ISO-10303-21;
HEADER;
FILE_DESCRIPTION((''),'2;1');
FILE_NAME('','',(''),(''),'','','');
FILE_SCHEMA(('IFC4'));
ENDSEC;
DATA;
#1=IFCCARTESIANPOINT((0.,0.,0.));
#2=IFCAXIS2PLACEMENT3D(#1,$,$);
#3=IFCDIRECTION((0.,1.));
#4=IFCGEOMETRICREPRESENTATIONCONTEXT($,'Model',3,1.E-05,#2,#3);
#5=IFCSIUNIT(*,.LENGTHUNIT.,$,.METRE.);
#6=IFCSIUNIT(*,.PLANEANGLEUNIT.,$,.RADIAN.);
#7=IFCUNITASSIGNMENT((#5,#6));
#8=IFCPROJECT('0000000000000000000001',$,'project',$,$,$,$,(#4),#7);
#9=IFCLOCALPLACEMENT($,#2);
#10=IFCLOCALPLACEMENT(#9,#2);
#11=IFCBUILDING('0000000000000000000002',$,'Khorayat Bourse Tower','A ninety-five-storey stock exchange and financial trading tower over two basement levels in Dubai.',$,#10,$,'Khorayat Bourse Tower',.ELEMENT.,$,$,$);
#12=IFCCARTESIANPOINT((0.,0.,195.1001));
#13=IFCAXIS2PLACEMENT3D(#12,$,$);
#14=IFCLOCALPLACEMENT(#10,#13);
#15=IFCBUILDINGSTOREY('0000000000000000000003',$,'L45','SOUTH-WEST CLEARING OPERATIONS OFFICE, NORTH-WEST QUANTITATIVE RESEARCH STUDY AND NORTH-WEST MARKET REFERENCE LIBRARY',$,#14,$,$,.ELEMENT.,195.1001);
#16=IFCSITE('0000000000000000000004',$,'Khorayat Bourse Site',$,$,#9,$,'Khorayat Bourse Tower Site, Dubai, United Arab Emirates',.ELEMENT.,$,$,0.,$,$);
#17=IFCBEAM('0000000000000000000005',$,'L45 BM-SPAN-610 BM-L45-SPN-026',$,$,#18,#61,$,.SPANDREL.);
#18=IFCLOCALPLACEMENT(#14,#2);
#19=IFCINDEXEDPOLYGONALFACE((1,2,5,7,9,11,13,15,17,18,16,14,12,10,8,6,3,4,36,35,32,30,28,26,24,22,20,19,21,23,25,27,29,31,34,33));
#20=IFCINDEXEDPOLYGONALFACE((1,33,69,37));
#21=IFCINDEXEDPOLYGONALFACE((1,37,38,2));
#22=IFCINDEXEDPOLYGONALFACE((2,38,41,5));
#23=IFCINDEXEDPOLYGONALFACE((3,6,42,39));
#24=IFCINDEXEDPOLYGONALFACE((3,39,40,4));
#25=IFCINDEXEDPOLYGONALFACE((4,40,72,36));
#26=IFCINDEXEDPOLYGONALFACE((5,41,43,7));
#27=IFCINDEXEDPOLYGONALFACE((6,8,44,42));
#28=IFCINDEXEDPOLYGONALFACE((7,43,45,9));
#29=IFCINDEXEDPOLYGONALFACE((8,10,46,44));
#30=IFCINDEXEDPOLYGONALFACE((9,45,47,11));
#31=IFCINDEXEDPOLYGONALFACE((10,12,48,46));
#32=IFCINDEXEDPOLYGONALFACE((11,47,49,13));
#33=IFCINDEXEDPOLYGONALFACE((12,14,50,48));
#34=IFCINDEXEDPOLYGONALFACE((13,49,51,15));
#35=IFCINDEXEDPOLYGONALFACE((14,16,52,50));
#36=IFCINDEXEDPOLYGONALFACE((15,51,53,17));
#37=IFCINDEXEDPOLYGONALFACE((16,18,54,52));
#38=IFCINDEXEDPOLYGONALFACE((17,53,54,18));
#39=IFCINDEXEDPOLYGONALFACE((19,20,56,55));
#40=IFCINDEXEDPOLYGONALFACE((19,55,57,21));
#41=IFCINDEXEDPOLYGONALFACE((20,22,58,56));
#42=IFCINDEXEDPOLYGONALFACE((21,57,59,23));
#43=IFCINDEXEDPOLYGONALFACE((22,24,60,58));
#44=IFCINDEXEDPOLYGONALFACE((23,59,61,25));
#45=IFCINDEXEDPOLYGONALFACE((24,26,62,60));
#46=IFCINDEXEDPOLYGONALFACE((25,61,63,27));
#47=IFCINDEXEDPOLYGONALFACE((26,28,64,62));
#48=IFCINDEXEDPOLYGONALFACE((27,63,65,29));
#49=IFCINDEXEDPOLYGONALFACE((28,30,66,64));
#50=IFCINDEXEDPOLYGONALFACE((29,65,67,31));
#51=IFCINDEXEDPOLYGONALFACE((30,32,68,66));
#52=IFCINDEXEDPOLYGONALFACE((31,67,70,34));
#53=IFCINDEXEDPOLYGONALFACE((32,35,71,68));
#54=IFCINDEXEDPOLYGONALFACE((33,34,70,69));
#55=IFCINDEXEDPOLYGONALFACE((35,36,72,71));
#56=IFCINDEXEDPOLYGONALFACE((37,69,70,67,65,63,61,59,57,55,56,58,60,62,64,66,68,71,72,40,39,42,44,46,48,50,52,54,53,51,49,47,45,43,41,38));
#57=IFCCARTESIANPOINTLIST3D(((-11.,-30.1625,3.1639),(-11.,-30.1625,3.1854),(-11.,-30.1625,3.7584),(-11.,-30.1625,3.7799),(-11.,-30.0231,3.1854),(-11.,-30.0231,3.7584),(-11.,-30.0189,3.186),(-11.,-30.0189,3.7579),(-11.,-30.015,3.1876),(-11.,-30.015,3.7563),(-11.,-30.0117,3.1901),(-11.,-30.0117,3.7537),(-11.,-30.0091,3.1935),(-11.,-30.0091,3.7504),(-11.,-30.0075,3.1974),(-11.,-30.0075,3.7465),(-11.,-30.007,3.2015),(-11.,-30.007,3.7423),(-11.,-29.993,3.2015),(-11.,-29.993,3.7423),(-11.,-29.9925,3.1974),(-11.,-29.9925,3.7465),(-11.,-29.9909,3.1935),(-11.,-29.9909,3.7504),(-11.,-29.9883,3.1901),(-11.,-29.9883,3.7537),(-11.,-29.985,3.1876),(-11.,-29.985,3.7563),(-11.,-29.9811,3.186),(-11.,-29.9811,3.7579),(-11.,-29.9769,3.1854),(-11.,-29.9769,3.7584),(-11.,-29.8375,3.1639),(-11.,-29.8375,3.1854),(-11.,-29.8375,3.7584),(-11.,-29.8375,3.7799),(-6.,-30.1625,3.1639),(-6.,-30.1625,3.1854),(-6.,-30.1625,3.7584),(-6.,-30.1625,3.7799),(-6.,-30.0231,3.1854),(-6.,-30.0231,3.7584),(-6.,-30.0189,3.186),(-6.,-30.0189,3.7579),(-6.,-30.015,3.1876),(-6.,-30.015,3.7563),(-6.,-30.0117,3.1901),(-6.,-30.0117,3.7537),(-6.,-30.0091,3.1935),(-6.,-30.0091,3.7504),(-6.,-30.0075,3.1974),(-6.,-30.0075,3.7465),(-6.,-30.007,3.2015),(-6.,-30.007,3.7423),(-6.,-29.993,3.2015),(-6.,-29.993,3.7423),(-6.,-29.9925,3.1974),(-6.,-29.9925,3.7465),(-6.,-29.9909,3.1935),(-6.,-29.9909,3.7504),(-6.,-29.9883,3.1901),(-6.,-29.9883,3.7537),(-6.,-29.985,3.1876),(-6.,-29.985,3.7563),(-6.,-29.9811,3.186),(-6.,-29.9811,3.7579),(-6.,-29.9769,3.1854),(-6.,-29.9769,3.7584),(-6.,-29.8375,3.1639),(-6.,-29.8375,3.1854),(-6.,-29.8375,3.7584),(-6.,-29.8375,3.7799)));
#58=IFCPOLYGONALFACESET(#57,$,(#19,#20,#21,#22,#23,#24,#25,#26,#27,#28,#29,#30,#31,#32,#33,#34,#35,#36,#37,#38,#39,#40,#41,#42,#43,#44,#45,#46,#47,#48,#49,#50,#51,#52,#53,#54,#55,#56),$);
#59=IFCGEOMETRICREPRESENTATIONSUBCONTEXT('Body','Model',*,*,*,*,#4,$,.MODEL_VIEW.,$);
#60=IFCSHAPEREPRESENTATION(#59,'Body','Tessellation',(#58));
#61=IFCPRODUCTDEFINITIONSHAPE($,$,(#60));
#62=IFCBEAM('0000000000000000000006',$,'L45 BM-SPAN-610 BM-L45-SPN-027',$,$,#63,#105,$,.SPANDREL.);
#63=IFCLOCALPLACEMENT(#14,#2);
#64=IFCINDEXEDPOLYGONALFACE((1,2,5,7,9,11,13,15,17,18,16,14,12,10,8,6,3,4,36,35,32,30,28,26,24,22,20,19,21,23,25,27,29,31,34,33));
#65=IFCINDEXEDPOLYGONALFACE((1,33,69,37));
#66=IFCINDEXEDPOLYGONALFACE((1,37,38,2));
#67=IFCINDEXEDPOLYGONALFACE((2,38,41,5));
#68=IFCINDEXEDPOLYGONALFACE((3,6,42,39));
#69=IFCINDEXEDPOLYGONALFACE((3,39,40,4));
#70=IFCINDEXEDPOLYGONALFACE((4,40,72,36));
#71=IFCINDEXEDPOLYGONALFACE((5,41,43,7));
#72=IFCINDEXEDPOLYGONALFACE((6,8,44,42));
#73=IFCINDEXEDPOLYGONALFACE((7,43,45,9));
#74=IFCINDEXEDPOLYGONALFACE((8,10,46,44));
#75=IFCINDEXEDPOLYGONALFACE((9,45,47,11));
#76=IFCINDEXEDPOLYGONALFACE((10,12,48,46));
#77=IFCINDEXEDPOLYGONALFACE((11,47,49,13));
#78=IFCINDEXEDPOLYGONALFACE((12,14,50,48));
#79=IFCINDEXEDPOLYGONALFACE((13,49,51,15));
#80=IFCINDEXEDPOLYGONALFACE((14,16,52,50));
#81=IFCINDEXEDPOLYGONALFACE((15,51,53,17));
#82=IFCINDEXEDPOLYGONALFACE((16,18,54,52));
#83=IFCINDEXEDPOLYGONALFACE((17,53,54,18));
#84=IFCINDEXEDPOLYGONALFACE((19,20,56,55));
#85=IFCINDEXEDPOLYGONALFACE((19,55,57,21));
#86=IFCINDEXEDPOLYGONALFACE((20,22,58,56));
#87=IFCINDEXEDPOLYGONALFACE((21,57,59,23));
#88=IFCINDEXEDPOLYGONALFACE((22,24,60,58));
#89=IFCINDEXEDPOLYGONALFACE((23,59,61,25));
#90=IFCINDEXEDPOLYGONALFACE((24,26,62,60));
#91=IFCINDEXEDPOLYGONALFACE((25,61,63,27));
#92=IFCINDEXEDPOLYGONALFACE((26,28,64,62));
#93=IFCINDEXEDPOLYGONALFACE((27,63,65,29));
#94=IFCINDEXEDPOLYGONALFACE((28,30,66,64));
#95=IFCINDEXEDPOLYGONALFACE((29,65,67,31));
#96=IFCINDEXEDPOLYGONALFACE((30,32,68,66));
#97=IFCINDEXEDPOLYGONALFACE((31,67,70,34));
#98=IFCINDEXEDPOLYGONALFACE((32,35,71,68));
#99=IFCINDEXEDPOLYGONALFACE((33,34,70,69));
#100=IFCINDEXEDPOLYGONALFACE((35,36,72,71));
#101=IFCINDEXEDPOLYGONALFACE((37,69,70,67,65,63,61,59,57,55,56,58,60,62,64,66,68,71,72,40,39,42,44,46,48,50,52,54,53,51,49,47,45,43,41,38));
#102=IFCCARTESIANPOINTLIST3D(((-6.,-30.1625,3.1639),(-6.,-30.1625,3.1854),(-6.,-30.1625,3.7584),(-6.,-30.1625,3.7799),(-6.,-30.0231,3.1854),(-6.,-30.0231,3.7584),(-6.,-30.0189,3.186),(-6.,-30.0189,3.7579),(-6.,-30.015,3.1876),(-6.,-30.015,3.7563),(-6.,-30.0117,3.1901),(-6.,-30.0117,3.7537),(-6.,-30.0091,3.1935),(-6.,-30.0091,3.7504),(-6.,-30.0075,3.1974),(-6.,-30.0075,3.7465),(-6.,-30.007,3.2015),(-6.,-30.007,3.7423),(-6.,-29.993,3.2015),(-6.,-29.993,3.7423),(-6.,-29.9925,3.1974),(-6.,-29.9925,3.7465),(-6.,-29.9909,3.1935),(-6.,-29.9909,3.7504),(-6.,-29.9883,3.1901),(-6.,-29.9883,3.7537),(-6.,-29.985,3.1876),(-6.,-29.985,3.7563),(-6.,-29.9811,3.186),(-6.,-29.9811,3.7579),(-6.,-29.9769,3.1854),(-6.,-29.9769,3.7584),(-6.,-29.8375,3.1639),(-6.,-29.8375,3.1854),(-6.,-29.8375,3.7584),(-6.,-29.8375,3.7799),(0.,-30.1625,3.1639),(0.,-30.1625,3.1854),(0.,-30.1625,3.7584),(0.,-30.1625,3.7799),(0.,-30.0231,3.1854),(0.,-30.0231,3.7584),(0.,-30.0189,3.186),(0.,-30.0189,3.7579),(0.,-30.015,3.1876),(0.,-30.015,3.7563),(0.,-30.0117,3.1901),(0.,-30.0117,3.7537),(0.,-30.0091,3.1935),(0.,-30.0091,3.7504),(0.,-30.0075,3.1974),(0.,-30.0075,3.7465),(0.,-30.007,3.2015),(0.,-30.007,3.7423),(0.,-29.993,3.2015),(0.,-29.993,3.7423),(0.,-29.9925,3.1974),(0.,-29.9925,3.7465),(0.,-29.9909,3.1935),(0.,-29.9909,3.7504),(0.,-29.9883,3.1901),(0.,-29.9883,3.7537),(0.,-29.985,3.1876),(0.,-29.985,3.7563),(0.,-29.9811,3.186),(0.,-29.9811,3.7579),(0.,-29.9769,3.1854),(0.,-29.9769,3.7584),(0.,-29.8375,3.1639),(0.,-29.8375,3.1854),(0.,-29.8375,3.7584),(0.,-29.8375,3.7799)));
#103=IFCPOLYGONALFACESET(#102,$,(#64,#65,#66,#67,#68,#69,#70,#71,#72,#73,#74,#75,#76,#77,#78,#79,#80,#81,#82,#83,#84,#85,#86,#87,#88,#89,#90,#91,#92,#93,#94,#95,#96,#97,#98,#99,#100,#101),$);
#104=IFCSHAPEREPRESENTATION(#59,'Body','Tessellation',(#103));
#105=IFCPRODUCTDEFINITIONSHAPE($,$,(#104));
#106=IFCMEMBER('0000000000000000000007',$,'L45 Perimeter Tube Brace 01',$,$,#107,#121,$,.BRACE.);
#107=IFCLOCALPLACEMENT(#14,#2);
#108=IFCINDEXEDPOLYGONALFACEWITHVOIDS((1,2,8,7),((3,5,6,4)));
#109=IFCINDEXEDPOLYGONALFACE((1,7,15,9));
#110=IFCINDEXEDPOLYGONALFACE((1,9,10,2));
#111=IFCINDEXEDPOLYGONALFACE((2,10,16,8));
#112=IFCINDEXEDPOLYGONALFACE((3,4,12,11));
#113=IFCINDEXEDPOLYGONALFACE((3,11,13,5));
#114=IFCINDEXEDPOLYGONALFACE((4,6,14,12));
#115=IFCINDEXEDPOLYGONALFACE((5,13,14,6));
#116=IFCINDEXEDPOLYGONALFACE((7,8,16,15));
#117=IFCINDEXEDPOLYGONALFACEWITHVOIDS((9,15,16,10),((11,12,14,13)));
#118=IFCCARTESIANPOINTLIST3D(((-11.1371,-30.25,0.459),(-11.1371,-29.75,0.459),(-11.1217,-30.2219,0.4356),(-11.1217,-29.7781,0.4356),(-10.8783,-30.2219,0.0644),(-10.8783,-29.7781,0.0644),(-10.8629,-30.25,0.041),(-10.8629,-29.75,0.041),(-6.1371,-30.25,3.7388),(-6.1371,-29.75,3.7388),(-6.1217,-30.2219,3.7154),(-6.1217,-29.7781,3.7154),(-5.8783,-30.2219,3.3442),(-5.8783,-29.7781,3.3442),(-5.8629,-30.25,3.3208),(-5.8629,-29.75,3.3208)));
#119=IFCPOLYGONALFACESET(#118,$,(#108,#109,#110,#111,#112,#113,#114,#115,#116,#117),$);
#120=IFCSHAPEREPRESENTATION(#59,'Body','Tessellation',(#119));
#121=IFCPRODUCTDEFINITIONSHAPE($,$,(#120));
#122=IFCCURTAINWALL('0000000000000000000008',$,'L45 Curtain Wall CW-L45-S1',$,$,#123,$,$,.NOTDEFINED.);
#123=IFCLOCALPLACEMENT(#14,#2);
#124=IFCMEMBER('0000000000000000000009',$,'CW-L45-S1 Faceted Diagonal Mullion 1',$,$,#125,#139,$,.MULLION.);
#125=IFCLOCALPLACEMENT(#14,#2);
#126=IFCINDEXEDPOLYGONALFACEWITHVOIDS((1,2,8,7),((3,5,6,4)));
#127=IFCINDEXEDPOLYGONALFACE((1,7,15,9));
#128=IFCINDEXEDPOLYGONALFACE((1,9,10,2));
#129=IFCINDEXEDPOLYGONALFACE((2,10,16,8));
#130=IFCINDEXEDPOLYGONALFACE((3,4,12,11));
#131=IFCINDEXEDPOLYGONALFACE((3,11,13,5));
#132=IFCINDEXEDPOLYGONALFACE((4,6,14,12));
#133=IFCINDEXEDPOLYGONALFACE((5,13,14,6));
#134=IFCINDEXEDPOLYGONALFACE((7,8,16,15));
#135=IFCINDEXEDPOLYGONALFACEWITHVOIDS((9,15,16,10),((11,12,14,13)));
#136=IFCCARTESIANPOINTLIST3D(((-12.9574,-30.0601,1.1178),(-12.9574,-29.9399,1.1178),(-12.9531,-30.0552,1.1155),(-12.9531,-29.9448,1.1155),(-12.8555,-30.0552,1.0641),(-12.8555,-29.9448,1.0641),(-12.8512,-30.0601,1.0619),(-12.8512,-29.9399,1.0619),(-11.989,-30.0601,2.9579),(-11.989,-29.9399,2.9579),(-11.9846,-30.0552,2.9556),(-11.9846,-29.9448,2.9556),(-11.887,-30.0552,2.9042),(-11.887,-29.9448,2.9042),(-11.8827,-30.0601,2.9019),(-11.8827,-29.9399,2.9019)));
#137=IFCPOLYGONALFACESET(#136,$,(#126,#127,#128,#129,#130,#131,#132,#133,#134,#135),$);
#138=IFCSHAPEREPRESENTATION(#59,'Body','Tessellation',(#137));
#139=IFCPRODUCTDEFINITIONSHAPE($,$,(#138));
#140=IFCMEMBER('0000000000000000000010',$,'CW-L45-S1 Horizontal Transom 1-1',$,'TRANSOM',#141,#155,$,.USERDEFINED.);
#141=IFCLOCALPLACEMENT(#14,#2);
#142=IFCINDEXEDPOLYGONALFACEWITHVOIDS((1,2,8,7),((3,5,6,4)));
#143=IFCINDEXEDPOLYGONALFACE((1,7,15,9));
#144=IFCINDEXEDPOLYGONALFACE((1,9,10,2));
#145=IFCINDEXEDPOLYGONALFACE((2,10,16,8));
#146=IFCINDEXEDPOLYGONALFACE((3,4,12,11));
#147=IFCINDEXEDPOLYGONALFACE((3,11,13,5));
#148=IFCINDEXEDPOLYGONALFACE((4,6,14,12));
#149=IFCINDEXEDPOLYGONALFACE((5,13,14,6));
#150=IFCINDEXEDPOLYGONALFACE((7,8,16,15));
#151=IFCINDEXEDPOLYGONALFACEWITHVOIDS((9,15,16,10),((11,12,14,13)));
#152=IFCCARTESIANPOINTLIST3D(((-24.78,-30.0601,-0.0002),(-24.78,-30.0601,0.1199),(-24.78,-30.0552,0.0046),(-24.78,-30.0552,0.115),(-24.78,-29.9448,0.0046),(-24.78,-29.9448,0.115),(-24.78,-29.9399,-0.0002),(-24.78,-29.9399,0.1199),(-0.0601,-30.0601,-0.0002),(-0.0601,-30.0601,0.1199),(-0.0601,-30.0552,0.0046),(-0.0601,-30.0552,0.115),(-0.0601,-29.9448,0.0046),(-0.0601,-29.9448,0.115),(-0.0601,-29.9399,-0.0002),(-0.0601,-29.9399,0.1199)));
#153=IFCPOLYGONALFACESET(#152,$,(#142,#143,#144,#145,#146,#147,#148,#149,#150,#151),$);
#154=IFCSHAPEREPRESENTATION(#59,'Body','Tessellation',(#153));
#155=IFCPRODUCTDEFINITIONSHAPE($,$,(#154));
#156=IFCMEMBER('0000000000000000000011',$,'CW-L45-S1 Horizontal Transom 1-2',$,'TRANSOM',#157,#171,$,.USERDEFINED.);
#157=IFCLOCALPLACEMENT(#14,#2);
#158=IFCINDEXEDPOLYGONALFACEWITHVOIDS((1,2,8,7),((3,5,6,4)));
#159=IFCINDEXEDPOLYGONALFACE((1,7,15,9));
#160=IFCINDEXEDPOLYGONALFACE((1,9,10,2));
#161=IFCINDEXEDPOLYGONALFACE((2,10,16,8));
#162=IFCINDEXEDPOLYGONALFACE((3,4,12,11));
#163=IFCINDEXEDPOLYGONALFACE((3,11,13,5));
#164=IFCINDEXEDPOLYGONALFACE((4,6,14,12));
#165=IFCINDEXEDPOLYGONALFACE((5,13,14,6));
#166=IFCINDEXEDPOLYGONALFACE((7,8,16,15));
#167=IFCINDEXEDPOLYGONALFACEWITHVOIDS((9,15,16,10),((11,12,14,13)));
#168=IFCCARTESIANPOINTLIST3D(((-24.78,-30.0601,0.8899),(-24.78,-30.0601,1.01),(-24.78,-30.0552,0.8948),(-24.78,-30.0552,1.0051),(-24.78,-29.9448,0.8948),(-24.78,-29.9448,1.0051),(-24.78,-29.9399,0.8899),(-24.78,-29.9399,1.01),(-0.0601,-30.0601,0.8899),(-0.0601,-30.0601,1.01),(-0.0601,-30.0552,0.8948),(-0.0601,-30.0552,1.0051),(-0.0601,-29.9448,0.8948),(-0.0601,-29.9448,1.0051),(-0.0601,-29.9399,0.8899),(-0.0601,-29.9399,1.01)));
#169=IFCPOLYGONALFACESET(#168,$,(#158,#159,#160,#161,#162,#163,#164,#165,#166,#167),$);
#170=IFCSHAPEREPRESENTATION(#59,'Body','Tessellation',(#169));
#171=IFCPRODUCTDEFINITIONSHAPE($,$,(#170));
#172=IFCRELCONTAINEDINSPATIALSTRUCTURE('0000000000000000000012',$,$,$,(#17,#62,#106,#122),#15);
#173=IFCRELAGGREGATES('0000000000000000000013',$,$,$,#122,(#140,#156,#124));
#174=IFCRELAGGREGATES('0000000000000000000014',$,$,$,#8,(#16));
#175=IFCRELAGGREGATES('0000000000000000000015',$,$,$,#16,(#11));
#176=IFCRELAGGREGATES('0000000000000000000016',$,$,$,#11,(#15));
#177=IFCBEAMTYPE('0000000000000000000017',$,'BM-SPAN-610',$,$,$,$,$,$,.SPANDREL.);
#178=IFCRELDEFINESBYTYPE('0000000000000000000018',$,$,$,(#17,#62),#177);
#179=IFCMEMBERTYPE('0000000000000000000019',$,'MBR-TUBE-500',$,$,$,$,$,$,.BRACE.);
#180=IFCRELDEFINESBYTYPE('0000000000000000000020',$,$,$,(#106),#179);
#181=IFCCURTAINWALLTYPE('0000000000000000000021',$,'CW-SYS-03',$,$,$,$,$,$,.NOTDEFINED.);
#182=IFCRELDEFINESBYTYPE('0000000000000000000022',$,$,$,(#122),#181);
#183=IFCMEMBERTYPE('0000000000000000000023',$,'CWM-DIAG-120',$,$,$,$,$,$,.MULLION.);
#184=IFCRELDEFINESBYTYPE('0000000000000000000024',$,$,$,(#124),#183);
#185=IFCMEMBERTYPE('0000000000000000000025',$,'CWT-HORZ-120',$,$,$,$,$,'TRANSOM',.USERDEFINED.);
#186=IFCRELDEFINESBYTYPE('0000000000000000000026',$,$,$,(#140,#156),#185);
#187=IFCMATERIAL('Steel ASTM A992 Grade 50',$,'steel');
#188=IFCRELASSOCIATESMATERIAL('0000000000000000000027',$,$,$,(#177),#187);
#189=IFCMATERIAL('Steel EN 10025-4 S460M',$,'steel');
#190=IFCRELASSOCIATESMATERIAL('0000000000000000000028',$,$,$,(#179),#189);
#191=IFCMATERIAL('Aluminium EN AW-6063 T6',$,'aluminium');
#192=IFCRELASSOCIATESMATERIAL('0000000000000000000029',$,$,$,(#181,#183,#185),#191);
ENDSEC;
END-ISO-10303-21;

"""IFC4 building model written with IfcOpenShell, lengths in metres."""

from ifc_helpers import new_model, si_unit, direction, frame, origin, origin_2d, place, context, subcontext, project, spatial, hollow_rectangle, i_section, extrude, source, transform, mapped, material, material_profile, profile_set, type_object, element, aggregate, save


model = new_model("IFC4")

# Units and contexts
model_context = context("Model", 3, precision=1e-05, world=origin(), true_north=direction((0.0, 1.0)))
body_context = subcontext(model_context, "Body", "Model", "MODEL_VIEW")
ifc_project = project(units=[si_unit("LENGTHUNIT", "METRE"), si_unit("PLANEANGLEUNIT", "RADIAN")], contexts=[model_context])

# Site, building, storey
site_placement = place(None, origin())
site = spatial("IfcSite", under=ifc_project, at=site_placement, Name="Khorayat Bourse Site", LongName="Khorayat Bourse Tower Site, Dubai, United Arab Emirates", CompositionType="ELEMENT", RefElevation=0.0)
building_placement = place(site_placement, origin())
building = spatial("IfcBuilding", under=site, at=building_placement, Name="Khorayat Bourse Tower", Description="A ninety-five-storey stock exchange and financial trading tower over two basement levels in Dubai.", LongName="Khorayat Bourse Tower", CompositionType="ELEMENT")
storey_placement = place(building_placement, frame((0.0, 0.0, 195.1001)))
storey = spatial("IfcBuildingStorey", under=building, at=storey_placement, Name="L45", Description="SOUTH-WEST CLEARING OPERATIONS OFFICE, NORTH-WEST QUANTITATIVE RESEARCH STUDY AND NORTH-WEST MARKET REFERENCE LIBRARY", CompositionType="ELEMENT", Elevation=195.1001)

# Shared definitions
ifc_material_1 = material(Name="Steel EN 10025-4 S460M", Category="steel")

# Beams
ifc_material_2 = material(Name="Steel ASTM A992 Grade 50", Category="steel")
ifc_material_profile_1 = material_profile(ifc_material_2, i_section(OverallWidth=0.325, OverallDepth=0.616, WebThickness=0.0139, FlangeThickness=0.0215, FilletRadius=0.0161, at=origin_2d()), Name="W610X174")
ifc_profile_set_1 = profile_set([ifc_material_profile_1], Name="Steel ASTM A992 Grade 50")
beam_type_1 = type_object("IfcBeamType", Name="BM-SPAN-610", PredefinedType="SPANDREL", material=ifc_profile_set_1)
shared_shape_1 = source(origin(), body_context, "Body", "SweptSolid", [
    extrude(i_section(OverallWidth=0.325, OverallDepth=0.616, WebThickness=0.0139, FlangeThickness=0.0215, FilletRadius=0.0161, at=origin_2d()), origin(), (0.0, 0.0, 1.0), 5.0),
])
beam_1_placement = place(storey_placement, frame((-11.0, -30.0, 3.4719), z_axis=(1.0, 0.0, 0.0), x_axis=(0.0, 1.0, 0.0)))
element("IfcBeam", 1, at=beam_1_placement, inside=storey, type_object=beam_type_1, Name="L45 BM-SPAN-610 BM-L45-SPN-026", PredefinedType="SPANDREL", context=body_context, shape_type="MappedRepresentation", body=[
    mapped(shared_shape_1, transform((0.0, 0.0, 0.0), scale=1.0)),
])
shared_shape_2 = source(origin(), body_context, "Body", "SweptSolid", [
    extrude(i_section(OverallWidth=0.325, OverallDepth=0.616, WebThickness=0.0139, FlangeThickness=0.0215, FilletRadius=0.0161, at=origin_2d()), origin(), (0.0, 0.0, 1.0), 6.0),
])
beam_2_placement = place(storey_placement, frame((-6.0, -30.0, 3.4719), z_axis=(1.0, 0.0, 0.0), x_axis=(0.0, 1.0, 0.0)))
element("IfcBeam", 2, at=beam_2_placement, inside=storey, type_object=beam_type_1, Name="L45 BM-SPAN-610 BM-L45-SPN-027", PredefinedType="SPANDREL", context=body_context, shape_type="MappedRepresentation", body=[
    mapped(shared_shape_2, transform((0.0, 0.0, 0.0), scale=1.0)),
])

# Member
ifc_material_profile_2 = material_profile(ifc_material_1, hollow_rectangle(XDim=0.5, YDim=0.5, WallThickness=0.0281, at=origin_2d()), Name="HSS 500x500x28")
ifc_profile_set_2 = profile_set([ifc_material_profile_2], Name="Steel EN 10025-4 S460M")
member_type_1 = type_object("IfcMemberType", Name="MBR-TUBE-500", PredefinedType="BRACE", material=ifc_profile_set_2)
shared_shape_3 = source(origin(), body_context, "Body", "SweptSolid", [
    extrude(hollow_rectangle(XDim=0.5, YDim=0.5, WallThickness=0.0281, at=origin_2d()), origin(), (0.0, 0.0, 1.0), 5.9797),
])
member_1_placement = place(storey_placement, frame((-11.0, -30.0, 0.25), z_axis=(0.83616, 0.0, 0.548485), x_axis=(0.0, 1.0, 0.0)))
element("IfcMember", 3, at=member_1_placement, inside=storey, type_object=member_type_1, Name="L45 Perimeter Tube Brace 01", PredefinedType="BRACE", context=body_context, shape_type="MappedRepresentation", body=[
    mapped(shared_shape_3, transform((0.0, 0.0, 0.0), scale=1.0)),
])

# Curtain wall, members
ifc_material_3 = material(Name="Aluminium EN AW-6063 T6", Category="aluminium")
curtain_wall_type = type_object("IfcCurtainWallType", Name="CW-SYS-03", PredefinedType="NOTDEFINED", material=ifc_material_3)
curtain_wall_placement = place(storey_placement, origin())
curtain_wall = element("IfcCurtainWall", 4, at=curtain_wall_placement, inside=storey, type_object=curtain_wall_type, Name="L45 Curtain Wall CW-L45-S1", PredefinedType="NOTDEFINED")
ifc_material_profile_3 = material_profile(ifc_material_3, hollow_rectangle(XDim=0.1201, YDim=0.1201, WallThickness=0.0049, at=origin_2d()), Name="ALU 120x120x5")
ifc_profile_set_3 = profile_set([ifc_material_profile_3], Name="Aluminium EN AW-6063 T6")
member_type_2 = type_object("IfcMemberType", Name="CWM-DIAG-120", PredefinedType="MULLION", material=ifc_profile_set_3)
shared_shape_4 = source(origin(), body_context, "Body", "SweptSolid", [
    extrude(hollow_rectangle(XDim=0.1201, YDim=0.1201, WallThickness=0.0049, at=origin_2d()), origin(), (0.0, 0.0, 1.0), 2.0793),
])
member_2_placement = place(storey_placement, frame((-12.9043, -30.0, 1.0898), z_axis=(0.465761, 0.0, 0.884911), x_axis=(0.0, 1.0, 0.0)))
member_2 = element("IfcMember", 5, at=member_2_placement, type_object=member_type_2, Name="CW-L45-S1 Faceted Diagonal Mullion 1", PredefinedType="MULLION", context=body_context, shape_type="MappedRepresentation", body=[
    mapped(shared_shape_4, transform((0.0, 0.0, 0.0), scale=1.0)),
])
ifc_material_profile_4 = material_profile(ifc_material_3, hollow_rectangle(XDim=0.1201, YDim=0.1201, WallThickness=0.0049, at=origin_2d()), Name="ALU 120x120x5")
ifc_profile_set_4 = profile_set([ifc_material_profile_4], Name="Aluminium EN AW-6063 T6")
member_type_3 = type_object("IfcMemberType", Name="CWT-HORZ-120", ElementType="TRANSOM", PredefinedType="USERDEFINED", material=ifc_profile_set_4)
shared_shape_5 = source(origin(), body_context, "Body", "SweptSolid", [
    extrude(hollow_rectangle(XDim=0.1201, YDim=0.1201, WallThickness=0.0049, at=origin_2d()), origin(), (0.0, 0.0, 1.0), 24.72),
])
member_3_placement = place(storey_placement, frame((-24.78, -30.0, 0.0598), z_axis=(1.0, 0.0, 0.0), x_axis=(0.0, 1.0, 0.0)))
member_3 = element("IfcMember", 6, at=member_3_placement, type_object=member_type_3, Name="CW-L45-S1 Horizontal Transom 1-1", ObjectType="TRANSOM", PredefinedType="USERDEFINED", context=body_context, shape_type="MappedRepresentation", body=[
    mapped(shared_shape_5, transform((0.0, 0.0, 0.0), scale=1.0)),
])
member_4_placement = place(storey_placement, frame((-24.78, -30.0, 0.95), z_axis=(1.0, 0.0, 0.0), x_axis=(0.0, 1.0, 0.0)))
member_4 = element("IfcMember", 7, at=member_4_placement, type_object=member_type_3, Name="CW-L45-S1 Horizontal Transom 1-2", ObjectType="TRANSOM", PredefinedType="USERDEFINED", context=body_context, shape_type="MappedRepresentation", body=[
    mapped(shared_shape_5, transform((0.0, 0.0, 0.0), scale=1.0)),
])

aggregate(curtain_wall, [member_3, member_4, member_2])

save(model, "model.ifc")
